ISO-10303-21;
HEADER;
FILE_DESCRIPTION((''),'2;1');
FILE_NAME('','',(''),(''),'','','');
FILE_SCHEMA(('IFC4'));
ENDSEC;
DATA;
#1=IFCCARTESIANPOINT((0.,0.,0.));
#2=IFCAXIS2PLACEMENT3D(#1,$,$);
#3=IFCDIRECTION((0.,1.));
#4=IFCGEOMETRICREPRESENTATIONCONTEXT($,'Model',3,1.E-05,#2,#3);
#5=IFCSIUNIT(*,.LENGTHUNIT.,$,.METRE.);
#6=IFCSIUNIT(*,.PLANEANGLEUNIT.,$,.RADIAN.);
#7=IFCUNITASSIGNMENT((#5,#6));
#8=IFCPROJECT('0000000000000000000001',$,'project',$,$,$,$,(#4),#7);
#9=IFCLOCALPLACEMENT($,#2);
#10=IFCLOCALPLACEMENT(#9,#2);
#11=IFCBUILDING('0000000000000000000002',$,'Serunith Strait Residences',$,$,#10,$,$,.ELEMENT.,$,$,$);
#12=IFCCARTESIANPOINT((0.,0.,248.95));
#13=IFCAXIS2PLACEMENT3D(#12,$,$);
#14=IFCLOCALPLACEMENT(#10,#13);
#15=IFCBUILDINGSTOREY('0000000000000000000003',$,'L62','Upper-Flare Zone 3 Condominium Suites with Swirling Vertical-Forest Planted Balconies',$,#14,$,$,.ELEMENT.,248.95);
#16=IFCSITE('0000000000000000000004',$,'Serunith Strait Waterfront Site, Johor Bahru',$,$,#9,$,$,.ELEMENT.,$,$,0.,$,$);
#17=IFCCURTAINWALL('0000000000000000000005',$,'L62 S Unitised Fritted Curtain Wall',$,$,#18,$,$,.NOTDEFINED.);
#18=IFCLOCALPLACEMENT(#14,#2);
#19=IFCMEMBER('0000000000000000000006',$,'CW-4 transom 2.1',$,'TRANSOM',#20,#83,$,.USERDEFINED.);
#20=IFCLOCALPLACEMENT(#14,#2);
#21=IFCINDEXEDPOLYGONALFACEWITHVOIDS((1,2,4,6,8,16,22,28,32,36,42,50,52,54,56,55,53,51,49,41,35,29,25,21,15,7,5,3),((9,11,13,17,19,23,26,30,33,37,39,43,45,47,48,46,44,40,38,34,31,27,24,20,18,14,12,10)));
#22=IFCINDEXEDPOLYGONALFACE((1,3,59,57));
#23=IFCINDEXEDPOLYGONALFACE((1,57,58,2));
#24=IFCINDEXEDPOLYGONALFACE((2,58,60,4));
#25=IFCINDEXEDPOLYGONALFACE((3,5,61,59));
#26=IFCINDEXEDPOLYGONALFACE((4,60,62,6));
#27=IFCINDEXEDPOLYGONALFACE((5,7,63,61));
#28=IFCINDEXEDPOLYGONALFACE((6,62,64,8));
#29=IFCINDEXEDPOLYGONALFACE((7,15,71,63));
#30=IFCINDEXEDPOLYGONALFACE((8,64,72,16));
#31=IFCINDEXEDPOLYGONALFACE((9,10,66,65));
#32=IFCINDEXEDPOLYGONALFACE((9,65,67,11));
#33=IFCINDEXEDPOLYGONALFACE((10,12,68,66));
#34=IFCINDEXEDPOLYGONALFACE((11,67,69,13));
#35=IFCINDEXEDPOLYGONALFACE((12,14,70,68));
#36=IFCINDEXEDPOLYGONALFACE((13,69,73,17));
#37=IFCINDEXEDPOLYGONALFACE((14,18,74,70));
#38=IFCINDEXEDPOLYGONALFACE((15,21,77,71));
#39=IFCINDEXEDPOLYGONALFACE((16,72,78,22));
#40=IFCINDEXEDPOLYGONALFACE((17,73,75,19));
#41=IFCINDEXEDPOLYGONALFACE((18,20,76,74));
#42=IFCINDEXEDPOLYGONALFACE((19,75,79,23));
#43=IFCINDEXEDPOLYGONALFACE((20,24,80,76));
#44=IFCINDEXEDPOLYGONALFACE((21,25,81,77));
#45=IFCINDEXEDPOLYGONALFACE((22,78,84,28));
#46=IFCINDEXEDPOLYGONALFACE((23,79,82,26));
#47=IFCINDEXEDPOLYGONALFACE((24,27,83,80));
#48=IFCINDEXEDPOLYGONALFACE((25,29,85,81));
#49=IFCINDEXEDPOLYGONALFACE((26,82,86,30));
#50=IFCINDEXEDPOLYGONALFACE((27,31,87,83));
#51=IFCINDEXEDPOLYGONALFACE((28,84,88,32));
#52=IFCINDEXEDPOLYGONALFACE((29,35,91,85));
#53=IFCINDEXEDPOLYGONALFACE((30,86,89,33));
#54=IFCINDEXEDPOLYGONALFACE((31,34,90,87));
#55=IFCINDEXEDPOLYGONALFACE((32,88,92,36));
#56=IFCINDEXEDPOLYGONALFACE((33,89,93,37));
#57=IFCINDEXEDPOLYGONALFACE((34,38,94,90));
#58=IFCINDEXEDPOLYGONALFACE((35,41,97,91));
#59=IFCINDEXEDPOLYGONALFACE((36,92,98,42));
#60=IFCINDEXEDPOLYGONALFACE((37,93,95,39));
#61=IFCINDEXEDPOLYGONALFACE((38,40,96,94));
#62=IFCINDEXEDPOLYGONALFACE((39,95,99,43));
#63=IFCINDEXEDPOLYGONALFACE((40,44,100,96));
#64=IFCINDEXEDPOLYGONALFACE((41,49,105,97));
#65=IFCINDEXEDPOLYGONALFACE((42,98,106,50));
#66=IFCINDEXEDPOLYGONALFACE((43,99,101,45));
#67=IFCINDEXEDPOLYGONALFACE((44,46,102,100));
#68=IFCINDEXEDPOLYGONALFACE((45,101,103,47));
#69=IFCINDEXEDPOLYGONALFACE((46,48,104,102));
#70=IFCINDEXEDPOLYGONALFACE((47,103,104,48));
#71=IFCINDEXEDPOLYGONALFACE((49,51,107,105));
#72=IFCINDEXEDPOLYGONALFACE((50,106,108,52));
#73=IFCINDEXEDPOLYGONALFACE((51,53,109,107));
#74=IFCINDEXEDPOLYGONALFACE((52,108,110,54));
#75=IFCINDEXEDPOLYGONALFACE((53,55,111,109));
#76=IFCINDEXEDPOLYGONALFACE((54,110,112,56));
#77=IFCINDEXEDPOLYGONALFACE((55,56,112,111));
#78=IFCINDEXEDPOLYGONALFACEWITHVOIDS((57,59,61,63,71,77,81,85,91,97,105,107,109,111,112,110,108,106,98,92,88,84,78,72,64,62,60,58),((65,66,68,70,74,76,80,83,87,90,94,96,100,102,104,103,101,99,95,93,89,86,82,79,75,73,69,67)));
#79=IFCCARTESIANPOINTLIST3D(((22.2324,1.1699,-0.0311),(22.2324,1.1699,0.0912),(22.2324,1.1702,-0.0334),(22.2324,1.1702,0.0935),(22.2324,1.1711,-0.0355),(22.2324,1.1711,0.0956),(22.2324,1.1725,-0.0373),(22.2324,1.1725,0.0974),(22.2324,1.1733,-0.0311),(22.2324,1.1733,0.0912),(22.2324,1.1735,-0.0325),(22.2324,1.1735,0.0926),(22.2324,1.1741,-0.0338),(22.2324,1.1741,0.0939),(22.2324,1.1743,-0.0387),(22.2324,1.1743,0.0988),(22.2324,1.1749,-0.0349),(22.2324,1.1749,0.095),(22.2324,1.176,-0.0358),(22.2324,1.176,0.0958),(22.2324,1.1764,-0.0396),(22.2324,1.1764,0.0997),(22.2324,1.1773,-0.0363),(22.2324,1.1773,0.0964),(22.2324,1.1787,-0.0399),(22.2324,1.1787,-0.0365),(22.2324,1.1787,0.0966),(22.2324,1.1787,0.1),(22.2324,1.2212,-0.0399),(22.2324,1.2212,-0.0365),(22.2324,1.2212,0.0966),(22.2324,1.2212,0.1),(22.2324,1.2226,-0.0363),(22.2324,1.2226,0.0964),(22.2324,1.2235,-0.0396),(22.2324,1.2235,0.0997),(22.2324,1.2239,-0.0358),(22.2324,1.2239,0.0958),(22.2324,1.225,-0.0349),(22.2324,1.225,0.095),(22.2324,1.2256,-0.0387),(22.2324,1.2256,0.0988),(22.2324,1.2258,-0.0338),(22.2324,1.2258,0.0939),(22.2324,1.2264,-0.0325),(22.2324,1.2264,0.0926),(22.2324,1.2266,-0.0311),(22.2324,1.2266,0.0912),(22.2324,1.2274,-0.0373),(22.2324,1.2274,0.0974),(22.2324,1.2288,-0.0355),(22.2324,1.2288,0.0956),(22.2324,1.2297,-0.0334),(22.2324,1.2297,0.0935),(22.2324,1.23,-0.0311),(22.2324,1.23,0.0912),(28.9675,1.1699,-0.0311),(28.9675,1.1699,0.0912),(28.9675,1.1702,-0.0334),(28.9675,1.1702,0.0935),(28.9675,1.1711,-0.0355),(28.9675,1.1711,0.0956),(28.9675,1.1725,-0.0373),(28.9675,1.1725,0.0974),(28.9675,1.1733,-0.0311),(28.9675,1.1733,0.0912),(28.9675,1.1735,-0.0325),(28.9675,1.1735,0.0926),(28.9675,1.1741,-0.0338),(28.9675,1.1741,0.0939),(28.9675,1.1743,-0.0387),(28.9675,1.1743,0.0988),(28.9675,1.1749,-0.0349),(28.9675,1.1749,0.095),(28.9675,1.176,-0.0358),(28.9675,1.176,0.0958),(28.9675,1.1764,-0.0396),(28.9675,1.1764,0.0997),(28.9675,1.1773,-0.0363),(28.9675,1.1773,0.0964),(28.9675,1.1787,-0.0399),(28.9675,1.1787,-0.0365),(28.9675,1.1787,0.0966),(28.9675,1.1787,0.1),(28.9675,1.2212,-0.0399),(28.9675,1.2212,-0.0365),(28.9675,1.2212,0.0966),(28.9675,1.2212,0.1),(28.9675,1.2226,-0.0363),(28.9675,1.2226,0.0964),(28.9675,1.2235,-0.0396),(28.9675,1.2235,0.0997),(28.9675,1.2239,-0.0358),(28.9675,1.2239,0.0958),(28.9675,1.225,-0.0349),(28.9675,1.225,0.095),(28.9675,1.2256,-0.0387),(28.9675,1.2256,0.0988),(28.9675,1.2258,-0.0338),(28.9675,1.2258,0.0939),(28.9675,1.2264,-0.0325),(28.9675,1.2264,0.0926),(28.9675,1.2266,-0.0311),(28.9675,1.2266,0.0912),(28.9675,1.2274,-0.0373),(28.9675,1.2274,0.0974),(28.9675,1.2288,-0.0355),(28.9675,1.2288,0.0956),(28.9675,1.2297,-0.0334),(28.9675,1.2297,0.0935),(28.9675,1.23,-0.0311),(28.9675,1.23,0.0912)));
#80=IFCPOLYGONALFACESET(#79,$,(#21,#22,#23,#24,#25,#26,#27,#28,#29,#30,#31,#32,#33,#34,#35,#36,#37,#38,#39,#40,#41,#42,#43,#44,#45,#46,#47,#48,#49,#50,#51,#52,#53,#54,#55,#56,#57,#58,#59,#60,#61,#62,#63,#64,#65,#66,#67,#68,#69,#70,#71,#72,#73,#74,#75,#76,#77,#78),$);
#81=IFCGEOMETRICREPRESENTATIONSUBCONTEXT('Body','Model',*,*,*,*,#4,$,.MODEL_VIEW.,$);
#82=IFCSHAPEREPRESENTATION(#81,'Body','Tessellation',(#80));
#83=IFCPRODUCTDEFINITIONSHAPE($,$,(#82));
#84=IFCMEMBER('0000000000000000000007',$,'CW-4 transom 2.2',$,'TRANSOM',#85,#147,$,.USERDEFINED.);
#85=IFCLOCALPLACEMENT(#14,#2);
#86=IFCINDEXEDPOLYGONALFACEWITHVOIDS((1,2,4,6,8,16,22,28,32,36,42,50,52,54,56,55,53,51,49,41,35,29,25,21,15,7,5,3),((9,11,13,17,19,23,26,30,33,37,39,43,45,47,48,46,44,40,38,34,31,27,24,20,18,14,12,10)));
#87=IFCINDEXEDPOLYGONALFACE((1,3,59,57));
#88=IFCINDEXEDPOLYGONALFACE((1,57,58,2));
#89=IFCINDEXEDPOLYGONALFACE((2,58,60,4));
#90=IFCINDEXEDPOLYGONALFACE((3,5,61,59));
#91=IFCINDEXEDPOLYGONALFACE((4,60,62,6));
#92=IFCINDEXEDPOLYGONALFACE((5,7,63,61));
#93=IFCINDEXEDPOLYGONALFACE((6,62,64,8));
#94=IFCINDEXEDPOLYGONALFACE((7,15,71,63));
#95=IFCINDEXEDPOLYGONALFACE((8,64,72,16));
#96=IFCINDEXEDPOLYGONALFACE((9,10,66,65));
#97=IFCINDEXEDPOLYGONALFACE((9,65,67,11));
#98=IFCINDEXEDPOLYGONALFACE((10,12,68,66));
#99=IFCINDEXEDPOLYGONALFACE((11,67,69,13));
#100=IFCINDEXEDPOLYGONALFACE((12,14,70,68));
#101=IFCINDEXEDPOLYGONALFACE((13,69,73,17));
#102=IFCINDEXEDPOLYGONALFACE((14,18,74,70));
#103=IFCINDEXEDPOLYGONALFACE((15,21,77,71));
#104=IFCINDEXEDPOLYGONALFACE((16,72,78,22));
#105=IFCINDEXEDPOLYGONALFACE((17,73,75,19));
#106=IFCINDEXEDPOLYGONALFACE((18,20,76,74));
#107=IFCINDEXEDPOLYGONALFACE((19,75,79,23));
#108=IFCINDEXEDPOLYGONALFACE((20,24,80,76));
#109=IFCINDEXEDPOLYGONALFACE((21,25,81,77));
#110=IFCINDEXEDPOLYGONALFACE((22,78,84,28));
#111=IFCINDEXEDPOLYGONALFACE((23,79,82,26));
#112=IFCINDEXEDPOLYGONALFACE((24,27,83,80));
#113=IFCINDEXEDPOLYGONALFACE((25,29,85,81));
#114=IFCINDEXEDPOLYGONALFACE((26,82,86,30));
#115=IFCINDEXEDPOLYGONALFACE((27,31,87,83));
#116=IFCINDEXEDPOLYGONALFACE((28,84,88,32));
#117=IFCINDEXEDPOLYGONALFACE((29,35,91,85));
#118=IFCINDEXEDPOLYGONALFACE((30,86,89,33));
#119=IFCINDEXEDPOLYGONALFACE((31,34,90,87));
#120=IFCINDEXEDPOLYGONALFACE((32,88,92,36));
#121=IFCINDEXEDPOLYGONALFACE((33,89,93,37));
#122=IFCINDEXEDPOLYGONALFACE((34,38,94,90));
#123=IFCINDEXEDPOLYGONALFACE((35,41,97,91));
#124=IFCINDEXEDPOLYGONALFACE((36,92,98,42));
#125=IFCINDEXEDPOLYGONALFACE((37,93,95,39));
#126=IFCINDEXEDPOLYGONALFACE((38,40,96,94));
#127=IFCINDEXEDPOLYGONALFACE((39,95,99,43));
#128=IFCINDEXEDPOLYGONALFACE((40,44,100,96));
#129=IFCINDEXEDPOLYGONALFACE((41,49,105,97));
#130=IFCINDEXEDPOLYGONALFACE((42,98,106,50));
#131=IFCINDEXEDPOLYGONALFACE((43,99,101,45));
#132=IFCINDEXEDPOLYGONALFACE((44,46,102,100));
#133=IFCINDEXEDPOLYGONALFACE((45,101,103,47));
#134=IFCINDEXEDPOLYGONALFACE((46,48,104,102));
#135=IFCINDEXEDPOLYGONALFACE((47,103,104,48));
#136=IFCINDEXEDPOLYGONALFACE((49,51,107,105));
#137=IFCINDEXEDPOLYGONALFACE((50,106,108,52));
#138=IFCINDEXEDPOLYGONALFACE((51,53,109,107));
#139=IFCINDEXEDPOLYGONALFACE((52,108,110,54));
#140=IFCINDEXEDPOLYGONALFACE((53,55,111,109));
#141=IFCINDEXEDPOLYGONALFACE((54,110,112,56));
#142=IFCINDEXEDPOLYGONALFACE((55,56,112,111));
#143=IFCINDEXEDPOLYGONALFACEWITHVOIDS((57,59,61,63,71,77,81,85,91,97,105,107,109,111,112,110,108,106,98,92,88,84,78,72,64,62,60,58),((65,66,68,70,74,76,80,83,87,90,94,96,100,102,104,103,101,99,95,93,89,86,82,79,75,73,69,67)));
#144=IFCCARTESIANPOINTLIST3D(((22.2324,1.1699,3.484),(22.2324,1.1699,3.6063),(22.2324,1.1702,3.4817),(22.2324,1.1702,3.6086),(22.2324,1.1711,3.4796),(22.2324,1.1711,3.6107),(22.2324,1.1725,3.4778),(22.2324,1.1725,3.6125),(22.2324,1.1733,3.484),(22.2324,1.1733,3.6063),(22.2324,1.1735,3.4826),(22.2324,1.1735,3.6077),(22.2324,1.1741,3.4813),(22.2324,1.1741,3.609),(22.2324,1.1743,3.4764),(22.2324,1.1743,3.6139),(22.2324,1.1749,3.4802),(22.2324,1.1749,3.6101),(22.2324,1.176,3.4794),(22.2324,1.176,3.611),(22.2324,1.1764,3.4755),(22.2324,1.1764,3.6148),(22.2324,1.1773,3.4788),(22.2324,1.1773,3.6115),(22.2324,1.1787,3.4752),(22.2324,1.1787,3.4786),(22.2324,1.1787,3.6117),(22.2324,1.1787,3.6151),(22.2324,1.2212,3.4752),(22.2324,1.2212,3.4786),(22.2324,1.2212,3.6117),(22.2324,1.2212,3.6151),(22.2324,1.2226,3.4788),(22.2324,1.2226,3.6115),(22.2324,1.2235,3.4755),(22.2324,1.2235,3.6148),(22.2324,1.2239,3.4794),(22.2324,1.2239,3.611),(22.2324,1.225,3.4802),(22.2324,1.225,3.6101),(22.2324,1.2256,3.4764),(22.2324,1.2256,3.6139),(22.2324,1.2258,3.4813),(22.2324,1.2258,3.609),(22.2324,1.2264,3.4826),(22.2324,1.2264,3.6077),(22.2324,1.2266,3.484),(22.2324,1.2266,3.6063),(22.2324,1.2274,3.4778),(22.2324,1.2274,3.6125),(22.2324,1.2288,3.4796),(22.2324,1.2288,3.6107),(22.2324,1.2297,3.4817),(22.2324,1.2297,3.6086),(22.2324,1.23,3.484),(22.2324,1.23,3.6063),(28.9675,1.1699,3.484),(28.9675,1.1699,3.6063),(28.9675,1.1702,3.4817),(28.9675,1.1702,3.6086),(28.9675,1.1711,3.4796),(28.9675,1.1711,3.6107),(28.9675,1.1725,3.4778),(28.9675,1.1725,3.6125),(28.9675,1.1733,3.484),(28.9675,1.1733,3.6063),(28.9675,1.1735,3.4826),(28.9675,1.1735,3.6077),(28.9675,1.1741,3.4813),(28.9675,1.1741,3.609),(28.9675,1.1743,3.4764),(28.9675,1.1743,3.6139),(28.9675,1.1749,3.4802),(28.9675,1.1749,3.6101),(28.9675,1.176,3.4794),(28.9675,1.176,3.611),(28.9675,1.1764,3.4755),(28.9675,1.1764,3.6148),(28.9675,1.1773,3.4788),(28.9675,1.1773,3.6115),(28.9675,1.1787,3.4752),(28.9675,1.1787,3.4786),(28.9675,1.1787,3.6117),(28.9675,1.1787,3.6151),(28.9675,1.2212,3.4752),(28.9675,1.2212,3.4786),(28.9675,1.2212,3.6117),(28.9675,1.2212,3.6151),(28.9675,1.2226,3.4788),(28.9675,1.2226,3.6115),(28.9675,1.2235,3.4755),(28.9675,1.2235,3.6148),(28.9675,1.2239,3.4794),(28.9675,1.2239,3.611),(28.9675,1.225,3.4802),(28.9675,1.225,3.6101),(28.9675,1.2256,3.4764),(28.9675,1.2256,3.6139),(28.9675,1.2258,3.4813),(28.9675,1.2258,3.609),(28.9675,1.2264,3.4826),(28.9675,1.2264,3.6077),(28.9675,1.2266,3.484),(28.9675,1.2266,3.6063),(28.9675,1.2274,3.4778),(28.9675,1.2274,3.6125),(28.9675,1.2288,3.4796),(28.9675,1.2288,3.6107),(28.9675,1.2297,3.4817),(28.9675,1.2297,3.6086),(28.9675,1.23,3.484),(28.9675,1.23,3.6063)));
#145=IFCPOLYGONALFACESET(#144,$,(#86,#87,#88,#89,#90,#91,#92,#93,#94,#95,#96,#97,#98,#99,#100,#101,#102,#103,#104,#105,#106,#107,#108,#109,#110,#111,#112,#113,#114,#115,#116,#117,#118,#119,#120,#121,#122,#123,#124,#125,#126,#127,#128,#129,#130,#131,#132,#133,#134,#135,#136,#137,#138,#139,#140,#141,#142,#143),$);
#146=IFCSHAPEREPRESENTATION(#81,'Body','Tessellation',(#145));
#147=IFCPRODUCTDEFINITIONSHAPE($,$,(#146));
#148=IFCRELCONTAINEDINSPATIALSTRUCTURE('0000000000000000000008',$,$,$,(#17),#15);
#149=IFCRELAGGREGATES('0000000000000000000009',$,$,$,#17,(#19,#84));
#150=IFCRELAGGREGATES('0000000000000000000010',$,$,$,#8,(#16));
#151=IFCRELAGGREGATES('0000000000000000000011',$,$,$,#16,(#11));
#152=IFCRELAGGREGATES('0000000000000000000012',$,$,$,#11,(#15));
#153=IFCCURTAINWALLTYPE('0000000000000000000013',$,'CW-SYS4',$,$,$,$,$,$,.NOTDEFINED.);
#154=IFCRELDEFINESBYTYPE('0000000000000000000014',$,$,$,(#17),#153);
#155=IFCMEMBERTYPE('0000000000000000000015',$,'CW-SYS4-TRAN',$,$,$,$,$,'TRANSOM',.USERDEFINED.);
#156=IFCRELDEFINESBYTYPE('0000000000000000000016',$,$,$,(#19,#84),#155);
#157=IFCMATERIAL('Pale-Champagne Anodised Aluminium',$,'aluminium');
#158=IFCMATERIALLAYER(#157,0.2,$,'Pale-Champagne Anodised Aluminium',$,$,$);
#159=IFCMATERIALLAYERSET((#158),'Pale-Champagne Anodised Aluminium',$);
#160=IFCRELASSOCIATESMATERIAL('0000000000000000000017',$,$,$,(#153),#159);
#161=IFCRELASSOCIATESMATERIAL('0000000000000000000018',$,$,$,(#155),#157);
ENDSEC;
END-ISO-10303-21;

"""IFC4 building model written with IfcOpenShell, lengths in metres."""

from ifc_helpers import new_model, si_unit, direction, frame, origin, origin_2d, place, context, subcontext, project, spatial, hollow_rectangle, extrude, source, transform, mapped, material, layer, layer_set, material_profile, profile_set, type_object, element, aggregate, save


model = new_model("IFC4")

# Units and contexts
model_context = context("Model", 3, precision=1e-05, world=origin(), true_north=direction((0.0, 1.0)))
body_context = subcontext(model_context, "Body", "Model", "MODEL_VIEW")
ifc_project = project(units=[si_unit("LENGTHUNIT", "METRE"), si_unit("PLANEANGLEUNIT", "RADIAN")], contexts=[model_context])

# Site, building, storey
site_placement = place(None, origin())
site = spatial("IfcSite", under=ifc_project, at=site_placement, Name="Serunith Strait Waterfront Site, Johor Bahru", CompositionType="ELEMENT", RefElevation=0.0)
building_placement = place(site_placement, origin())
building = spatial("IfcBuilding", under=site, at=building_placement, Name="Serunith Strait Residences", CompositionType="ELEMENT")
storey_placement = place(building_placement, frame((0.0, 0.0, 248.95)))
storey = spatial("IfcBuildingStorey", under=building, at=storey_placement, Name="L62", Description="Upper-Flare Zone 3 Condominium Suites with Swirling Vertical-Forest Planted Balconies", CompositionType="ELEMENT", Elevation=248.95)

# Curtain wall, members
ifc_material_1 = material(Name="Pale-Champagne Anodised Aluminium", Category="aluminium")
ifc_layer_1 = layer(ifc_material_1, 0.2, Name="Pale-Champagne Anodised Aluminium")
ifc_layer_set_1 = layer_set([ifc_layer_1], Name="Pale-Champagne Anodised Aluminium")
curtain_wall_type = type_object("IfcCurtainWallType", Name="CW-SYS4", PredefinedType="NOTDEFINED", material=ifc_layer_set_1)
curtain_wall_placement = place(storey_placement, origin())
curtain_wall = element("IfcCurtainWall", 1, at=curtain_wall_placement, inside=storey, type_object=curtain_wall_type, Name="L62 S Unitised Fritted Curtain Wall", PredefinedType="NOTDEFINED")
ifc_material_profile_1 = material_profile(ifc_material_1, hollow_rectangle(XDim=0.0601, YDim=0.1399, WallThickness=0.0034, InnerFilletRadius=0.0054, OuterFilletRadius=0.0088, at=origin_2d()), Name="ALU 140x60x3.5")
ifc_profile_set_1 = profile_set([ifc_material_profile_1], Name="Pale-Champagne Anodised Aluminium")
member_type_1 = type_object("IfcMemberType", Name="CW-SYS4-TRAN", ElementType="TRANSOM", PredefinedType="USERDEFINED", material=ifc_profile_set_1)
shared_shape_1 = source(origin(), body_context, "Body", "SweptSolid", [
    extrude(hollow_rectangle(XDim=0.0601, YDim=0.1399, WallThickness=0.0034, InnerFilletRadius=0.0054, OuterFilletRadius=0.0088, at=origin_2d()), origin(), (0.0, 0.0, 1.0), 6.7351),
])
member_1_placement = place(storey_placement, frame((22.2324, 1.2, 0.03), z_axis=(1.0, 0.0, 0.0), x_axis=(0.0, 1.0, 0.0)))
member_1 = element("IfcMember", 2, at=member_1_placement, type_object=member_type_1, Name="CW-4 transom 2.1", ObjectType="TRANSOM", PredefinedType="USERDEFINED", context=body_context, shape_type="MappedRepresentation", body=[
    mapped(shared_shape_1, transform((0.0, 0.0, 0.0), scale=1.0)),
])
member_2_placement = place(storey_placement, frame((22.2324, 1.2, 3.5452), z_axis=(1.0, 0.0, 0.0), x_axis=(0.0, 1.0, 0.0)))
member_2 = element("IfcMember", 3, at=member_2_placement, type_object=member_type_1, Name="CW-4 transom 2.2", ObjectType="TRANSOM", PredefinedType="USERDEFINED", context=body_context, shape_type="MappedRepresentation", body=[
    mapped(shared_shape_1, transform((0.0, 0.0, 0.0), scale=1.0)),
])
aggregate(curtain_wall, [member_1, member_2])

save(model, "model.ifc")
